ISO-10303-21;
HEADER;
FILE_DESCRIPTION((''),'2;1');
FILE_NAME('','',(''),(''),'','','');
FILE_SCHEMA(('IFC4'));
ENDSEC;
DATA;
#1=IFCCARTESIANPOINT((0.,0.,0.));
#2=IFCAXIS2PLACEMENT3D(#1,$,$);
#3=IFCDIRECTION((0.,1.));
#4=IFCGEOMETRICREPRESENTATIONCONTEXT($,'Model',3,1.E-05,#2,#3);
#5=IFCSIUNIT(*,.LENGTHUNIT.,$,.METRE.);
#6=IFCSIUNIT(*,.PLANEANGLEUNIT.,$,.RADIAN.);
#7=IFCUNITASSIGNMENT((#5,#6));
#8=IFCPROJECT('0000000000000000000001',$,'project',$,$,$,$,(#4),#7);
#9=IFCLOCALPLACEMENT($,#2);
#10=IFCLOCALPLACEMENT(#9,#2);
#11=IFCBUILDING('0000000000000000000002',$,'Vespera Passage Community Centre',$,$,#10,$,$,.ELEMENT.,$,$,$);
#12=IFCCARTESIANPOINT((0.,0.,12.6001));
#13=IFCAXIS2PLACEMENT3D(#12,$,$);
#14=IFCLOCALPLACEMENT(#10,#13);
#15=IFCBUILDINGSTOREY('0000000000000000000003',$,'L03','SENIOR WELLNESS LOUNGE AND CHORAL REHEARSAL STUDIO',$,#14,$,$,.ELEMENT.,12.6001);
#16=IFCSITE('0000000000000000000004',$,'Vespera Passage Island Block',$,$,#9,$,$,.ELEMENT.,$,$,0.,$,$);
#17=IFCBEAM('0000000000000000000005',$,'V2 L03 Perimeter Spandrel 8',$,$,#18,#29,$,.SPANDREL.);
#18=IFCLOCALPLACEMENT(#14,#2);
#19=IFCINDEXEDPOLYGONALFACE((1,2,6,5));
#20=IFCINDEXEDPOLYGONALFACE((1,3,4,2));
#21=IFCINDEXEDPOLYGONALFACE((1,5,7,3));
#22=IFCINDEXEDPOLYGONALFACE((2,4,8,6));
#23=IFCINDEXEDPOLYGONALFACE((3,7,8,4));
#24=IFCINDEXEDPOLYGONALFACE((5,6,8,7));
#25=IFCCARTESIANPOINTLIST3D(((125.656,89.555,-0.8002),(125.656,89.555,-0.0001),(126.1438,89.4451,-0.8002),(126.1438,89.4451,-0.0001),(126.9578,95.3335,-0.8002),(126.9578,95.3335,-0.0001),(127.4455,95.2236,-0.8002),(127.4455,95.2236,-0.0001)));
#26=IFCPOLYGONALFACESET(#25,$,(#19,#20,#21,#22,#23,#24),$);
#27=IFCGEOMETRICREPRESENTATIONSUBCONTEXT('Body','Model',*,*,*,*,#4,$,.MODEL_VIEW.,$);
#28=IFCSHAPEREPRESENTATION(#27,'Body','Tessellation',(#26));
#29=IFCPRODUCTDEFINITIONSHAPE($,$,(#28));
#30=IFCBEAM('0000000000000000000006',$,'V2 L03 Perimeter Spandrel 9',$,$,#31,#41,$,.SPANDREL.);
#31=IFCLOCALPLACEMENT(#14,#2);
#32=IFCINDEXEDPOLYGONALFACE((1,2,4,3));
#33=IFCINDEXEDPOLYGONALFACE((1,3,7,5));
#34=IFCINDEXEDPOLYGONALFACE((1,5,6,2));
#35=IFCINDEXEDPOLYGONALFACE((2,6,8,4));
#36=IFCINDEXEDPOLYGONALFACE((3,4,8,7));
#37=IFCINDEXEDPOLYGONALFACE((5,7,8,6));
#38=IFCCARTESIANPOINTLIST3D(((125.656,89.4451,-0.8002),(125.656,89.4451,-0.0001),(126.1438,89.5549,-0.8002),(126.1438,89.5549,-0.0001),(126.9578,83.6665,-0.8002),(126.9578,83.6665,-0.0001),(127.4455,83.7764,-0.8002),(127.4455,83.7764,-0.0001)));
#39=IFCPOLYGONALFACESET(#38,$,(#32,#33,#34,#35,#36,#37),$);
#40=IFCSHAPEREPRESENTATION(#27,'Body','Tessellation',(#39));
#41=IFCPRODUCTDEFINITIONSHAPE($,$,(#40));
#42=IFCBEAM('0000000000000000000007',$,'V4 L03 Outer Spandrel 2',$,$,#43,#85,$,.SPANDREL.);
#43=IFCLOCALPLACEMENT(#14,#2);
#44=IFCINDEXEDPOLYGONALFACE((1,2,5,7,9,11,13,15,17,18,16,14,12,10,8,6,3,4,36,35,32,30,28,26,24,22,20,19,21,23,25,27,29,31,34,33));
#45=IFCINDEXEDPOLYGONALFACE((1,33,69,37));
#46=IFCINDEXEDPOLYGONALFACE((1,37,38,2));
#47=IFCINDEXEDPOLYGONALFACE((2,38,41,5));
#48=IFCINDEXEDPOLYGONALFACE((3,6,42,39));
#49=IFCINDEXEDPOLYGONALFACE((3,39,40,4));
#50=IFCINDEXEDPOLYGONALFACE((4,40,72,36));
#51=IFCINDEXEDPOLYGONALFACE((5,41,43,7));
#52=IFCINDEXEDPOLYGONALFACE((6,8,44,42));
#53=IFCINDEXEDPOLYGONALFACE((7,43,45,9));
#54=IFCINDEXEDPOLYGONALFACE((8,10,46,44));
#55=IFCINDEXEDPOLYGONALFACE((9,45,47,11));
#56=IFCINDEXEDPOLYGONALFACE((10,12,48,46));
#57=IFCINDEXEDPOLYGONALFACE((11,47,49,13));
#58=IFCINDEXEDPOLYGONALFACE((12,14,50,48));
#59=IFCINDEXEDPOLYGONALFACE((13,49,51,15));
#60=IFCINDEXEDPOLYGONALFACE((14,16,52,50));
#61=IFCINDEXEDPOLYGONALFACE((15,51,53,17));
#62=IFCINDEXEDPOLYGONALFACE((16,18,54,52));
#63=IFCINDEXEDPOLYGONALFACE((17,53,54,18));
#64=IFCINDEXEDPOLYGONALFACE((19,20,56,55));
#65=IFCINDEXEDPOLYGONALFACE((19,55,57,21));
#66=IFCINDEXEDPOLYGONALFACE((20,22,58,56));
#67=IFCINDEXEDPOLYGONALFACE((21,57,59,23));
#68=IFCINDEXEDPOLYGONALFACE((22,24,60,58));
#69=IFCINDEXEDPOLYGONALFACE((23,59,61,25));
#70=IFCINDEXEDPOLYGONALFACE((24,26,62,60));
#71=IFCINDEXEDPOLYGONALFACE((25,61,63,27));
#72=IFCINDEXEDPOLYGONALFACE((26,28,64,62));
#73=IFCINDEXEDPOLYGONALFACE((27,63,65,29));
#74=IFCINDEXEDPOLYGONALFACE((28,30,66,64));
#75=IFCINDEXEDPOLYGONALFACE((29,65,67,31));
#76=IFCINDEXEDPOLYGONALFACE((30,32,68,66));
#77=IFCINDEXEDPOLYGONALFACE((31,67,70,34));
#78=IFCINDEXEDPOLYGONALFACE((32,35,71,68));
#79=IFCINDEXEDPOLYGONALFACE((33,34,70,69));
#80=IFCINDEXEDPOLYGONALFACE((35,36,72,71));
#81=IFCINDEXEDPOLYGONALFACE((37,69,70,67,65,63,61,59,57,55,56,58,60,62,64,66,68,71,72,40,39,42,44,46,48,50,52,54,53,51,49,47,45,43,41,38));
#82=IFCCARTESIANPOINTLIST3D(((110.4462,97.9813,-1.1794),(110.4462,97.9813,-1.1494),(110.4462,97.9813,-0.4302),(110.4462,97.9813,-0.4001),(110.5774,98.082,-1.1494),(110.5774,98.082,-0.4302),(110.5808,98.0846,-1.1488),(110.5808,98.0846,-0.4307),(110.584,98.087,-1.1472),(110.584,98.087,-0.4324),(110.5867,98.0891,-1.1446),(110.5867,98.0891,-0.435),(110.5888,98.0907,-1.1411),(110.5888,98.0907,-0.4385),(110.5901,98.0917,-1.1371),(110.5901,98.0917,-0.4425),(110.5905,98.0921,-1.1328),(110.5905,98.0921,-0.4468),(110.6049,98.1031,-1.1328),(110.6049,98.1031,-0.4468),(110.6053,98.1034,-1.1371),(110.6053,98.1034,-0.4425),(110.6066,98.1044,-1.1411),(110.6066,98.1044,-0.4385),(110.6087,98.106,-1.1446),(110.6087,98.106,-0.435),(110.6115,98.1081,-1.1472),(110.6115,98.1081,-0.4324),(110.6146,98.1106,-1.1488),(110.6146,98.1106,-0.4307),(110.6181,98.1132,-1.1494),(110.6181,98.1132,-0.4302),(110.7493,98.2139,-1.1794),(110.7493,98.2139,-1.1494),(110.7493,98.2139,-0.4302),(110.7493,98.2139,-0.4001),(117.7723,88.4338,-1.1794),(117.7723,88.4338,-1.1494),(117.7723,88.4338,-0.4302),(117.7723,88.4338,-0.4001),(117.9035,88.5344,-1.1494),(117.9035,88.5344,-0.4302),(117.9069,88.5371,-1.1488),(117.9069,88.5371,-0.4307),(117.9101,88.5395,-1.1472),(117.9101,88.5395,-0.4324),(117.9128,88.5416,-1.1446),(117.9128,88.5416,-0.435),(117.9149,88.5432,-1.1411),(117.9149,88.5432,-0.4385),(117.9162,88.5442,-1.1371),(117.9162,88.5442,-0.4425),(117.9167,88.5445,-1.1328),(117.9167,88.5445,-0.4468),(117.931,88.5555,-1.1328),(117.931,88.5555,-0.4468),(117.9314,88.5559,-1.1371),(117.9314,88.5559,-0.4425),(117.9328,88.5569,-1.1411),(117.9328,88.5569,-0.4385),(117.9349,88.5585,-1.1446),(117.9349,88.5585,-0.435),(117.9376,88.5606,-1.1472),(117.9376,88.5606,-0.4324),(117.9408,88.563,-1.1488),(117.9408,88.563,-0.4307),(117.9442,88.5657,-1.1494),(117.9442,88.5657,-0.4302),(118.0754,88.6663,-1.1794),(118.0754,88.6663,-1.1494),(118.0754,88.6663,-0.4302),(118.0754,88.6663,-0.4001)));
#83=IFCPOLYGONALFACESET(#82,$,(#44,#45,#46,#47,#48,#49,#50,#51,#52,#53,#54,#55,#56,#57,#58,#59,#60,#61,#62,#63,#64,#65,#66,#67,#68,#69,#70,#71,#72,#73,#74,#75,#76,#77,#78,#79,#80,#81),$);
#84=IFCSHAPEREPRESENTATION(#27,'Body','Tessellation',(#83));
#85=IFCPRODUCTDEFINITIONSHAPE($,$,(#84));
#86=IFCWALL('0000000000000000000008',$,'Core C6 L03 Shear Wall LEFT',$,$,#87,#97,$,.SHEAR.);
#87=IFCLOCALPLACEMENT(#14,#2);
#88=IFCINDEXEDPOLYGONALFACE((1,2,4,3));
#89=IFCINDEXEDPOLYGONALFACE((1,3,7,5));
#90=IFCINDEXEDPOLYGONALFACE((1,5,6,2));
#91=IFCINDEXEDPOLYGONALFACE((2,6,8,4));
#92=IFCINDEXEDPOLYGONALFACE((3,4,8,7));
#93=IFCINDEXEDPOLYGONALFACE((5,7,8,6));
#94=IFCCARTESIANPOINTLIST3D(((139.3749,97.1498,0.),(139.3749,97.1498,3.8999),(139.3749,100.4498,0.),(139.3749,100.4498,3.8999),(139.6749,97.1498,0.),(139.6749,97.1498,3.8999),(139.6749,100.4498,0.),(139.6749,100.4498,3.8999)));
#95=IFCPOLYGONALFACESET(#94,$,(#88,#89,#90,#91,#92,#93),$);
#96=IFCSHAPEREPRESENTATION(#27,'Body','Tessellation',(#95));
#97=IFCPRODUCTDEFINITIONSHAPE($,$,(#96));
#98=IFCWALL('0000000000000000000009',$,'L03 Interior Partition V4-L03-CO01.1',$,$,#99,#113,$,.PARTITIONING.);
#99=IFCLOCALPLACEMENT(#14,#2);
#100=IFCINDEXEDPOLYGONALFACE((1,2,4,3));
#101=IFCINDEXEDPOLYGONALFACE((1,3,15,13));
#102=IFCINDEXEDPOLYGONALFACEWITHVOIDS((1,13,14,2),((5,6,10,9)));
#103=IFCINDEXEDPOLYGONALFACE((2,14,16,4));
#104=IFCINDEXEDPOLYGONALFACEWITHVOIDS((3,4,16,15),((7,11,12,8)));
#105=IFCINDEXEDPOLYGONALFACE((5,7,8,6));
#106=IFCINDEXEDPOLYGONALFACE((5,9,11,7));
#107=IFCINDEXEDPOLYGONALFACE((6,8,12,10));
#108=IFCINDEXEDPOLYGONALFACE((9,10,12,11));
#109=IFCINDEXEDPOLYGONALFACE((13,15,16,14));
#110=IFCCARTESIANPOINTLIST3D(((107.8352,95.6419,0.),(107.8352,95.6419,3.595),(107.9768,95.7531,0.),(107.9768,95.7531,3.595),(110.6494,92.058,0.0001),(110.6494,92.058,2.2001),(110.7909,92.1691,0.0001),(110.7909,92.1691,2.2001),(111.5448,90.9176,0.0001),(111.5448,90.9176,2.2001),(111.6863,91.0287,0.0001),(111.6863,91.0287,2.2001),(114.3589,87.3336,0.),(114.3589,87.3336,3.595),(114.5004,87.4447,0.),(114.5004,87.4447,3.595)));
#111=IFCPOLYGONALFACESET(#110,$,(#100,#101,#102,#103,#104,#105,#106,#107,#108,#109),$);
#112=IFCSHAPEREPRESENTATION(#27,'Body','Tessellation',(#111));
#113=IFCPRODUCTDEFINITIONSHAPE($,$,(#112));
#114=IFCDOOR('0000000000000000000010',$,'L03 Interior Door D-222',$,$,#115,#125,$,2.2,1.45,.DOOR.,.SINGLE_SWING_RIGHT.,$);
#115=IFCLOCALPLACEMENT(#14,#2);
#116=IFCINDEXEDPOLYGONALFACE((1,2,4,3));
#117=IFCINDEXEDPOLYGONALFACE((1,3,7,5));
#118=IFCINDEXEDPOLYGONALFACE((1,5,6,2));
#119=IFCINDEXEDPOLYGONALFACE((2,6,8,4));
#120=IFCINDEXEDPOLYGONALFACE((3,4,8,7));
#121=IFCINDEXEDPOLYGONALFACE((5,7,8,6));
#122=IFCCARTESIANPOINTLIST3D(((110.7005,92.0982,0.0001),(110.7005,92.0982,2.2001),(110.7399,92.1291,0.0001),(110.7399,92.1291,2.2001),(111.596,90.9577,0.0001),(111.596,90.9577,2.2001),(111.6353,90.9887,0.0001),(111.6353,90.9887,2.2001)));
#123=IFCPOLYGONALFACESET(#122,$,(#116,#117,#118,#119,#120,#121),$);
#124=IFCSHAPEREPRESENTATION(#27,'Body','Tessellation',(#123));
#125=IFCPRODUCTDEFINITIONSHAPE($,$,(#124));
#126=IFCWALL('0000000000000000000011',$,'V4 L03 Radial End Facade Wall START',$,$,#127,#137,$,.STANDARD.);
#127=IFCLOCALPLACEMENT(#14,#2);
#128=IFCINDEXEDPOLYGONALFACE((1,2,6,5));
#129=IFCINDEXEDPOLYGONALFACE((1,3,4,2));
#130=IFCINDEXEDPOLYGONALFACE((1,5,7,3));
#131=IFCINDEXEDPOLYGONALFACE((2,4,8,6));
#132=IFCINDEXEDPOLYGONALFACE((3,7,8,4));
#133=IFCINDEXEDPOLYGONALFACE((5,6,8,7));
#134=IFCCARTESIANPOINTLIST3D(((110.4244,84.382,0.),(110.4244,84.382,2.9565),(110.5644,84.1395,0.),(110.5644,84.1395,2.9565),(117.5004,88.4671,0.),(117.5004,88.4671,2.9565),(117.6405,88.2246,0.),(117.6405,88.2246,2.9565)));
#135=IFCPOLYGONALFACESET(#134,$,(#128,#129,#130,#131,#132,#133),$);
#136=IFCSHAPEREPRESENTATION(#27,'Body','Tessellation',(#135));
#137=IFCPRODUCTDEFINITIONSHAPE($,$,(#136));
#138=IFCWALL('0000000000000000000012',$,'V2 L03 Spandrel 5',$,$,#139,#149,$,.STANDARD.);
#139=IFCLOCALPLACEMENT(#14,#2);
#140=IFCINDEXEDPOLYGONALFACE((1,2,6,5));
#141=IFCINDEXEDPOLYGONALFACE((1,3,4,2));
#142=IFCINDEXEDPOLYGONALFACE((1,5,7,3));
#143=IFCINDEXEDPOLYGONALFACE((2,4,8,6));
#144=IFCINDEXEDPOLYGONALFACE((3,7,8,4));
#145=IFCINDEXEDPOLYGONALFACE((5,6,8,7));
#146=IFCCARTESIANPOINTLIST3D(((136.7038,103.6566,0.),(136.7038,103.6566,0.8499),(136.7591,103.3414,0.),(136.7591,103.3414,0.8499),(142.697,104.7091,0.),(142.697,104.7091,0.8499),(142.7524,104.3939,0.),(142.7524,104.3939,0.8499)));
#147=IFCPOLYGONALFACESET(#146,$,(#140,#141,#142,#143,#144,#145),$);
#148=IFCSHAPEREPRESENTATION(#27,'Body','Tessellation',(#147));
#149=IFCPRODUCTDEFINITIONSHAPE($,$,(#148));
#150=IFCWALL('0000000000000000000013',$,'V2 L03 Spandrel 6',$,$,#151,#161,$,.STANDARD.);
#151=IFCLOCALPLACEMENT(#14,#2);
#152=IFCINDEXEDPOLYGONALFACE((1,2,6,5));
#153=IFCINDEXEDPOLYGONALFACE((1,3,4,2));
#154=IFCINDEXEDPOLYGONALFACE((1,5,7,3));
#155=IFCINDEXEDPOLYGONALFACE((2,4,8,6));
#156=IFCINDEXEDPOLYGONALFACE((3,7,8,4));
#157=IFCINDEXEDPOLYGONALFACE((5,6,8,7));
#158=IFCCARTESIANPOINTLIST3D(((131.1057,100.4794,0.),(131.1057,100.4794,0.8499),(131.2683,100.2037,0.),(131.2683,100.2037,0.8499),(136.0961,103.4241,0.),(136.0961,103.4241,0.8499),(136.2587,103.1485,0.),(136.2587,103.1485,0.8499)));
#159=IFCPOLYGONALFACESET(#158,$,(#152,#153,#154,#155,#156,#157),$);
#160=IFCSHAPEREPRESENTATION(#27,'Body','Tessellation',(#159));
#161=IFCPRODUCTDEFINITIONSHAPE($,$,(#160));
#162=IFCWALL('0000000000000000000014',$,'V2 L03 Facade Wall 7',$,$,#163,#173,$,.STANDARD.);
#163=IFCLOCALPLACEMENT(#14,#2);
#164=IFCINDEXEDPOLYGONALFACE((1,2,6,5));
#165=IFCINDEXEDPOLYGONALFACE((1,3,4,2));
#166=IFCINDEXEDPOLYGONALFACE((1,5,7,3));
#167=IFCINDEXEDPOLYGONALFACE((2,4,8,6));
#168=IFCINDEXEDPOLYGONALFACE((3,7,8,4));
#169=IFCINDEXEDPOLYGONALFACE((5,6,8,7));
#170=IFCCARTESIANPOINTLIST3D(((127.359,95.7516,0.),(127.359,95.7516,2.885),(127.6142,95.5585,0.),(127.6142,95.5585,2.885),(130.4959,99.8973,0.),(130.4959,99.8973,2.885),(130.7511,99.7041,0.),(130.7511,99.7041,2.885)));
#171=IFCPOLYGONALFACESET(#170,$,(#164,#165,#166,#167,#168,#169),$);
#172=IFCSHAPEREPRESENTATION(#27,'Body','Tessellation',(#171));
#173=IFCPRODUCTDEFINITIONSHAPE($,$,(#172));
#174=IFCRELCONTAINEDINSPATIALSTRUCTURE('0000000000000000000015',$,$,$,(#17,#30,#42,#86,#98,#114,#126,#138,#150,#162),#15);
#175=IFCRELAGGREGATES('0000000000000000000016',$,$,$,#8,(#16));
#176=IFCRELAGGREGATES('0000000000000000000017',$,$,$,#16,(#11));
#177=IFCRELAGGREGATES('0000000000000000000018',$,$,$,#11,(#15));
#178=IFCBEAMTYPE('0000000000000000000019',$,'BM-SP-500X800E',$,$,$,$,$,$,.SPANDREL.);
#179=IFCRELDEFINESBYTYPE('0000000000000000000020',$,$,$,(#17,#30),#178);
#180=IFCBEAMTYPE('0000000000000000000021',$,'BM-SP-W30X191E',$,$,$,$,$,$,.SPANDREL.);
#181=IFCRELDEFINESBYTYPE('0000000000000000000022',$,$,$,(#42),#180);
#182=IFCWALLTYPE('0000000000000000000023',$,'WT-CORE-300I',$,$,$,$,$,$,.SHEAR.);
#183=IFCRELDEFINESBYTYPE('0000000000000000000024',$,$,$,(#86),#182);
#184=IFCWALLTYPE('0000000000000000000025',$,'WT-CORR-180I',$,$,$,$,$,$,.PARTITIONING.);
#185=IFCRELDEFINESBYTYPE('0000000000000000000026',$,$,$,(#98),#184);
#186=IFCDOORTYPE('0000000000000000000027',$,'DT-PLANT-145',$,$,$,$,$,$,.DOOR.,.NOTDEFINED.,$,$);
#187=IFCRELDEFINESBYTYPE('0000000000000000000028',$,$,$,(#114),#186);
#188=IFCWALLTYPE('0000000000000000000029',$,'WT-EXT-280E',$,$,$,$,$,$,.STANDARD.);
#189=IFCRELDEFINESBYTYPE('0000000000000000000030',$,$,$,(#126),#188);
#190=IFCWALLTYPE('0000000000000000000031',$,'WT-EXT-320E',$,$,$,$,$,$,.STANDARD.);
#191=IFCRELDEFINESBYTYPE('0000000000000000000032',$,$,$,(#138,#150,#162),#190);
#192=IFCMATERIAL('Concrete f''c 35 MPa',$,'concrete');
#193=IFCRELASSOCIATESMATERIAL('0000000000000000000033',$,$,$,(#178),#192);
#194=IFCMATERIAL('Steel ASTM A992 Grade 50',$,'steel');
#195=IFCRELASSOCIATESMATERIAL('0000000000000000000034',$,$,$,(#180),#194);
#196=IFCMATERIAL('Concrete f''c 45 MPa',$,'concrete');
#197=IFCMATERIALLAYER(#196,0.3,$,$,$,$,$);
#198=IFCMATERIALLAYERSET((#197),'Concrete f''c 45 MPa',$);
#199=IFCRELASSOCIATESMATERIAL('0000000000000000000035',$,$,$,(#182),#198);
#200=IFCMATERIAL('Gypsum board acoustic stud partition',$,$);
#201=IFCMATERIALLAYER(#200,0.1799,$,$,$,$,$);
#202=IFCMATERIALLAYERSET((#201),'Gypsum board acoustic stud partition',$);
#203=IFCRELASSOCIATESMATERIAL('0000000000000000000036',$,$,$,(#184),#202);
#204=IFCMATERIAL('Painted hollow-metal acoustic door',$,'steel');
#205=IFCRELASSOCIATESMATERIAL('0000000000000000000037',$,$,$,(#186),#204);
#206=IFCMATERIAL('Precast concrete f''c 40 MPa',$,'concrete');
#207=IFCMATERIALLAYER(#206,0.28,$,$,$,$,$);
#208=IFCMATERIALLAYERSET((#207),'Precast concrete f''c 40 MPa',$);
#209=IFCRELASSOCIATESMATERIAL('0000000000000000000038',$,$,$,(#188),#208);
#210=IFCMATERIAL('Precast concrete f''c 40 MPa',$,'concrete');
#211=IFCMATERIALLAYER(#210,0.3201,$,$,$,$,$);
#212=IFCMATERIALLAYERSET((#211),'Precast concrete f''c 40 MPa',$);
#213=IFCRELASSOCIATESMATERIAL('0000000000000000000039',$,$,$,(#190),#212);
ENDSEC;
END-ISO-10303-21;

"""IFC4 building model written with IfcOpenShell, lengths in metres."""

from ifc_helpers import new_model, si_unit, direction, frame, frame_2d, origin, origin_2d, place, context, subcontext, project, spatial, rectangle, i_section, extrude, material, layer, layer_set, material_profile, profile_set, type_object, element, fill, save


model = new_model("IFC4")

# Units and contexts
model_context = context("Model", 3, precision=1e-05, world=origin(), true_north=direction((0.0, 1.0)))
body_context = subcontext(model_context, "Body", "Model", "MODEL_VIEW")
ifc_project = project(units=[si_unit("LENGTHUNIT", "METRE"), si_unit("PLANEANGLEUNIT", "RADIAN")], contexts=[model_context])

# Site, building, storey
site_placement = place(None, origin())
site = spatial("IfcSite", under=ifc_project, at=site_placement, Name="Vespera Passage Island Block", CompositionType="ELEMENT", RefElevation=0.0)
building_placement = place(site_placement, origin())
building = spatial("IfcBuilding", under=site, at=building_placement, Name="Vespera Passage Community Centre", CompositionType="ELEMENT")
storey_placement = place(building_placement, frame((0.0, 0.0, 12.6001)))
storey = spatial("IfcBuildingStorey", under=building, at=storey_placement, Name="L03", Description="SENIOR WELLNESS LOUNGE AND CHORAL REHEARSAL STUDIO", CompositionType="ELEMENT", Elevation=12.6001)

# Beams
ifc_material_1 = material(Name="Concrete f'c 35 MPa", Category="concrete")
ifc_material_profile_1 = material_profile(ifc_material_1, rectangle(XDim=0.5, YDim=0.8, at=origin_2d()), Name="RC500X800")
ifc_profile_set_1 = profile_set([ifc_material_profile_1], Name="Concrete f'c 35 MPa")
beam_type_1 = type_object("IfcBeamType", Name="BM-SP-500X800E", PredefinedType="SPANDREL", material=ifc_profile_set_1)
for number, where, z_axis, x_axis, name in (
    (1, (127.2017, 95.2786, -0.4001), (-0.219766, -0.975553, 0.0), (0.975553, -0.219766, 0.0), "V2 L03 Perimeter Spandrel 8"),
    (2, (125.8999, 89.5, -0.4001), (0.219766, -0.975553, 0.0), (0.975553, 0.219766, 0.0), "V2 L03 Perimeter Spandrel 9"),
):
    element("IfcBeam", number, at=place(storey_placement, frame(where, z_axis=z_axis, x_axis=x_axis)), inside=storey, type_object=beam_type_1, Name=name, PredefinedType="SPANDREL", context=body_context, shape_type="SweptSolid", body=[
        extrude(rectangle(XDim=0.5, YDim=0.8, at=origin_2d()), origin(), (0.0, 0.0, 1.0), 5.9233),
    ])
ifc_material_2 = material(Name="Steel ASTM A992 Grade 50", Category="steel")
ifc_material_profile_2 = material_profile(ifc_material_2, i_section(OverallWidth=0.3821, OverallDepth=0.7793, WebThickness=0.0181, FlangeThickness=0.03, FilletRadius=0.0166, at=origin_2d()), Name="W30X191")
ifc_profile_set_2 = profile_set([ifc_material_profile_2], Name="Steel ASTM A992 Grade 50")
beam_type_2 = type_object("IfcBeamType", Name="BM-SP-W30X191E", PredefinedType="SPANDREL", material=ifc_profile_set_2)
beam_1_placement = place(storey_placement, frame((117.9238, 88.55, -0.7898), z_axis=(-0.608763, 0.793352, 0.0), x_axis=(-0.793352, -0.608763, 0.0)))
element("IfcBeam", 3, at=beam_1_placement, inside=storey, type_object=beam_type_2, Name="V4 L03 Outer Spandrel 2", PredefinedType="SPANDREL", context=body_context, shape_type="SweptSolid", body=[
    extrude(i_section(OverallWidth=0.3821, OverallDepth=0.7793, WebThickness=0.0181, FlangeThickness=0.03, FilletRadius=0.0166, at=origin_2d()), origin(), (0.0, 0.0, 1.0), 12.0344),
])

# Wall
ifc_material_3 = material(Name="Concrete f'c 45 MPa", Category="concrete")
ifc_layer_1 = layer(ifc_material_3, 0.3)
ifc_layer_set_1 = layer_set([ifc_layer_1], Name="Concrete f'c 45 MPa")
wall_type_1 = type_object("IfcWallType", Name="WT-CORE-300I", PredefinedType="SHEAR", material=ifc_layer_set_1)
wall_1_placement = place(storey_placement, frame((139.5249, 97.1499, 0.0), z_axis=(0.0, 0.0, 1.0), x_axis=(0.0, 1.0, 0.0)))
element("IfcWall", 4, at=wall_1_placement, inside=storey, type_object=wall_type_1, Name="Core C6 L03 Shear Wall LEFT", PredefinedType="SHEAR", context=body_context, shape_type="SweptSolid", body=[
    extrude(rectangle(XDim=3.3, YDim=0.3, at=frame_2d((1.6499, 0.0))), origin(), (0.0, 0.0, 1.0), 3.8999),
])

# Wall, opening, door
ifc_material_4 = material(Name="Gypsum board acoustic stud partition")
ifc_layer_2 = layer(ifc_material_4, 0.1799)
ifc_layer_set_2 = layer_set([ifc_layer_2], Name="Gypsum board acoustic stud partition")
wall_type_2 = type_object("IfcWallType", Name="WT-CORR-180I", PredefinedType="PARTITIONING", material=ifc_layer_set_2)
wall_2_placement = place(storey_placement, frame((114.4297, 87.3892, 0.0), z_axis=(0.0, 0.0, 1.0), x_axis=(-0.617569, 0.786516, 0.0)))
wall_2 = element("IfcWall", 5, at=wall_2_placement, inside=storey, type_object=wall_type_2, Name="L03 Interior Partition V4-L03-CO01.1", PredefinedType="PARTITIONING", context=body_context, shape_type="SweptSolid", body=[
    extrude(rectangle(XDim=10.5635, YDim=0.1799, at=frame_2d((5.2817, 0.0))), origin(), (0.0, 0.0, 1.0), 3.595),
])
opening_placement = place(wall_2_placement, frame((4.5566, 0.0, 0.0)))
opening = element("IfcOpeningElement", 6, at=opening_placement, cuts=wall_2, PredefinedType="OPENING", context=body_context, shape_type="SweptSolid", body=[
    extrude(rectangle(XDim=1.45, YDim=2.2, at=frame_2d((0.7251, 1.1001))), frame((0.0, 0.0999, 0.0), z_axis=(0.0, -1.0, 0.0), x_axis=(1.0, 0.0, 0.0)), (0.0, 0.0, 1.0), 0.2),
])
ifc_material_5 = material(Name="Painted hollow-metal acoustic door", Category="steel")
door_type = type_object("IfcDoorType", Name="DT-PLANT-145", OperationType="NOTDEFINED", PredefinedType="DOOR", material=ifc_material_5)
door_placement = place(opening_placement, origin())
door = element("IfcDoor", 7, at=door_placement, inside=storey, type_object=door_type, Name="L03 Interior Door D-222", OperationType="SINGLE_SWING_RIGHT", OverallHeight=2.2, OverallWidth=1.45, PredefinedType="DOOR", context=body_context, shape_type="SweptSolid", body=[
    extrude(rectangle(XDim=1.45, YDim=2.2, at=frame_2d((0.7251, 1.1001))), frame((0.0, 0.0249, 0.0), z_axis=(0.0, -1.0, 0.0), x_axis=(1.0, 0.0, 0.0)), (0.0, 0.0, 1.0), 0.05),
])
fill(opening, door)

# Walls
ifc_material_6 = material(Name="Precast concrete f'c 40 MPa", Category="concrete")
ifc_layer_3 = layer(ifc_material_6, 0.28)
ifc_layer_set_3 = layer_set([ifc_layer_3], Name="Precast concrete f'c 40 MPa")
wall_type_3 = type_object("IfcWallType", Name="WT-EXT-280E", PredefinedType="STANDARD", material=ifc_layer_set_3)
wall_3_placement = place(storey_placement, frame((117.5706, 88.3459, 0.0), z_axis=(0.0, 0.0, 1.0), x_axis=(-0.866037, -0.499979, 0.0)))
element("IfcWall", 8, at=wall_3_placement, inside=storey, type_object=wall_type_3, Name="V4 L03 Radial End Facade Wall START", PredefinedType="STANDARD", context=body_context, shape_type="SweptSolid", body=[
    extrude(rectangle(XDim=8.1707, YDim=0.28, at=frame_2d((4.0854, 0.0))), origin(), (0.0, 0.0, 1.0), 2.9565),
])
ifc_material_7 = material(Name="Precast concrete f'c 40 MPa", Category="concrete")
ifc_layer_4 = layer(ifc_material_7, 0.3201)
ifc_layer_set_4 = layer_set([ifc_layer_4], Name="Precast concrete f'c 40 MPa")
wall_type_4 = type_object("IfcWallType", Name="WT-EXT-320E", PredefinedType="STANDARD", material=ifc_layer_set_4)
wall_4_placement = place(storey_placement, frame((136.7314, 103.499, 0.0), z_axis=(0.0, 0.0, 1.0), x_axis=(0.984927, 0.172968, 0.0)))
element("IfcWall", 9, at=wall_4_placement, inside=storey, type_object=wall_type_4, Name="V2 L03 Spandrel 5", PredefinedType="STANDARD", context=body_context, shape_type="SweptSolid", body=[
    extrude(rectangle(XDim=6.085, YDim=0.3201, at=frame_2d((3.0425, 0.0))), origin(), (0.0, 0.0, 1.0), 0.8499),
])
wall_5_placement = place(storey_placement, frame((131.187, 100.3416, 0.0), z_axis=(0.0, 0.0, 1.0), x_axis=(0.861236, 0.508205, 0.0)))
element("IfcWall", 10, at=wall_5_placement, inside=storey, type_object=wall_type_4, Name="V2 L03 Spandrel 6", PredefinedType="STANDARD", context=body_context, shape_type="SweptSolid", body=[
    extrude(rectangle(XDim=5.7944, YDim=0.3201, at=frame_2d((2.8972, 0.0))), origin(), (0.0, 0.0, 1.0), 0.8499),
])
wall_6_placement = place(storey_placement, frame((127.4866, 95.655, 0.0), z_axis=(0.0, 0.0, 1.0), x_axis=(0.603398, 0.79744, 0.0)))
element("IfcWall", 11, at=wall_6_placement, inside=storey, type_object=wall_type_4, Name="V2 L03 Facade Wall 7", PredefinedType="STANDARD", context=body_context, shape_type="SweptSolid", body=[
    extrude(rectangle(XDim=5.1987, YDim=0.3201, at=frame_2d((2.5994, 0.0))), origin(), (0.0, 0.0, 1.0), 2.885),
])

save(model, "model.ifc")
